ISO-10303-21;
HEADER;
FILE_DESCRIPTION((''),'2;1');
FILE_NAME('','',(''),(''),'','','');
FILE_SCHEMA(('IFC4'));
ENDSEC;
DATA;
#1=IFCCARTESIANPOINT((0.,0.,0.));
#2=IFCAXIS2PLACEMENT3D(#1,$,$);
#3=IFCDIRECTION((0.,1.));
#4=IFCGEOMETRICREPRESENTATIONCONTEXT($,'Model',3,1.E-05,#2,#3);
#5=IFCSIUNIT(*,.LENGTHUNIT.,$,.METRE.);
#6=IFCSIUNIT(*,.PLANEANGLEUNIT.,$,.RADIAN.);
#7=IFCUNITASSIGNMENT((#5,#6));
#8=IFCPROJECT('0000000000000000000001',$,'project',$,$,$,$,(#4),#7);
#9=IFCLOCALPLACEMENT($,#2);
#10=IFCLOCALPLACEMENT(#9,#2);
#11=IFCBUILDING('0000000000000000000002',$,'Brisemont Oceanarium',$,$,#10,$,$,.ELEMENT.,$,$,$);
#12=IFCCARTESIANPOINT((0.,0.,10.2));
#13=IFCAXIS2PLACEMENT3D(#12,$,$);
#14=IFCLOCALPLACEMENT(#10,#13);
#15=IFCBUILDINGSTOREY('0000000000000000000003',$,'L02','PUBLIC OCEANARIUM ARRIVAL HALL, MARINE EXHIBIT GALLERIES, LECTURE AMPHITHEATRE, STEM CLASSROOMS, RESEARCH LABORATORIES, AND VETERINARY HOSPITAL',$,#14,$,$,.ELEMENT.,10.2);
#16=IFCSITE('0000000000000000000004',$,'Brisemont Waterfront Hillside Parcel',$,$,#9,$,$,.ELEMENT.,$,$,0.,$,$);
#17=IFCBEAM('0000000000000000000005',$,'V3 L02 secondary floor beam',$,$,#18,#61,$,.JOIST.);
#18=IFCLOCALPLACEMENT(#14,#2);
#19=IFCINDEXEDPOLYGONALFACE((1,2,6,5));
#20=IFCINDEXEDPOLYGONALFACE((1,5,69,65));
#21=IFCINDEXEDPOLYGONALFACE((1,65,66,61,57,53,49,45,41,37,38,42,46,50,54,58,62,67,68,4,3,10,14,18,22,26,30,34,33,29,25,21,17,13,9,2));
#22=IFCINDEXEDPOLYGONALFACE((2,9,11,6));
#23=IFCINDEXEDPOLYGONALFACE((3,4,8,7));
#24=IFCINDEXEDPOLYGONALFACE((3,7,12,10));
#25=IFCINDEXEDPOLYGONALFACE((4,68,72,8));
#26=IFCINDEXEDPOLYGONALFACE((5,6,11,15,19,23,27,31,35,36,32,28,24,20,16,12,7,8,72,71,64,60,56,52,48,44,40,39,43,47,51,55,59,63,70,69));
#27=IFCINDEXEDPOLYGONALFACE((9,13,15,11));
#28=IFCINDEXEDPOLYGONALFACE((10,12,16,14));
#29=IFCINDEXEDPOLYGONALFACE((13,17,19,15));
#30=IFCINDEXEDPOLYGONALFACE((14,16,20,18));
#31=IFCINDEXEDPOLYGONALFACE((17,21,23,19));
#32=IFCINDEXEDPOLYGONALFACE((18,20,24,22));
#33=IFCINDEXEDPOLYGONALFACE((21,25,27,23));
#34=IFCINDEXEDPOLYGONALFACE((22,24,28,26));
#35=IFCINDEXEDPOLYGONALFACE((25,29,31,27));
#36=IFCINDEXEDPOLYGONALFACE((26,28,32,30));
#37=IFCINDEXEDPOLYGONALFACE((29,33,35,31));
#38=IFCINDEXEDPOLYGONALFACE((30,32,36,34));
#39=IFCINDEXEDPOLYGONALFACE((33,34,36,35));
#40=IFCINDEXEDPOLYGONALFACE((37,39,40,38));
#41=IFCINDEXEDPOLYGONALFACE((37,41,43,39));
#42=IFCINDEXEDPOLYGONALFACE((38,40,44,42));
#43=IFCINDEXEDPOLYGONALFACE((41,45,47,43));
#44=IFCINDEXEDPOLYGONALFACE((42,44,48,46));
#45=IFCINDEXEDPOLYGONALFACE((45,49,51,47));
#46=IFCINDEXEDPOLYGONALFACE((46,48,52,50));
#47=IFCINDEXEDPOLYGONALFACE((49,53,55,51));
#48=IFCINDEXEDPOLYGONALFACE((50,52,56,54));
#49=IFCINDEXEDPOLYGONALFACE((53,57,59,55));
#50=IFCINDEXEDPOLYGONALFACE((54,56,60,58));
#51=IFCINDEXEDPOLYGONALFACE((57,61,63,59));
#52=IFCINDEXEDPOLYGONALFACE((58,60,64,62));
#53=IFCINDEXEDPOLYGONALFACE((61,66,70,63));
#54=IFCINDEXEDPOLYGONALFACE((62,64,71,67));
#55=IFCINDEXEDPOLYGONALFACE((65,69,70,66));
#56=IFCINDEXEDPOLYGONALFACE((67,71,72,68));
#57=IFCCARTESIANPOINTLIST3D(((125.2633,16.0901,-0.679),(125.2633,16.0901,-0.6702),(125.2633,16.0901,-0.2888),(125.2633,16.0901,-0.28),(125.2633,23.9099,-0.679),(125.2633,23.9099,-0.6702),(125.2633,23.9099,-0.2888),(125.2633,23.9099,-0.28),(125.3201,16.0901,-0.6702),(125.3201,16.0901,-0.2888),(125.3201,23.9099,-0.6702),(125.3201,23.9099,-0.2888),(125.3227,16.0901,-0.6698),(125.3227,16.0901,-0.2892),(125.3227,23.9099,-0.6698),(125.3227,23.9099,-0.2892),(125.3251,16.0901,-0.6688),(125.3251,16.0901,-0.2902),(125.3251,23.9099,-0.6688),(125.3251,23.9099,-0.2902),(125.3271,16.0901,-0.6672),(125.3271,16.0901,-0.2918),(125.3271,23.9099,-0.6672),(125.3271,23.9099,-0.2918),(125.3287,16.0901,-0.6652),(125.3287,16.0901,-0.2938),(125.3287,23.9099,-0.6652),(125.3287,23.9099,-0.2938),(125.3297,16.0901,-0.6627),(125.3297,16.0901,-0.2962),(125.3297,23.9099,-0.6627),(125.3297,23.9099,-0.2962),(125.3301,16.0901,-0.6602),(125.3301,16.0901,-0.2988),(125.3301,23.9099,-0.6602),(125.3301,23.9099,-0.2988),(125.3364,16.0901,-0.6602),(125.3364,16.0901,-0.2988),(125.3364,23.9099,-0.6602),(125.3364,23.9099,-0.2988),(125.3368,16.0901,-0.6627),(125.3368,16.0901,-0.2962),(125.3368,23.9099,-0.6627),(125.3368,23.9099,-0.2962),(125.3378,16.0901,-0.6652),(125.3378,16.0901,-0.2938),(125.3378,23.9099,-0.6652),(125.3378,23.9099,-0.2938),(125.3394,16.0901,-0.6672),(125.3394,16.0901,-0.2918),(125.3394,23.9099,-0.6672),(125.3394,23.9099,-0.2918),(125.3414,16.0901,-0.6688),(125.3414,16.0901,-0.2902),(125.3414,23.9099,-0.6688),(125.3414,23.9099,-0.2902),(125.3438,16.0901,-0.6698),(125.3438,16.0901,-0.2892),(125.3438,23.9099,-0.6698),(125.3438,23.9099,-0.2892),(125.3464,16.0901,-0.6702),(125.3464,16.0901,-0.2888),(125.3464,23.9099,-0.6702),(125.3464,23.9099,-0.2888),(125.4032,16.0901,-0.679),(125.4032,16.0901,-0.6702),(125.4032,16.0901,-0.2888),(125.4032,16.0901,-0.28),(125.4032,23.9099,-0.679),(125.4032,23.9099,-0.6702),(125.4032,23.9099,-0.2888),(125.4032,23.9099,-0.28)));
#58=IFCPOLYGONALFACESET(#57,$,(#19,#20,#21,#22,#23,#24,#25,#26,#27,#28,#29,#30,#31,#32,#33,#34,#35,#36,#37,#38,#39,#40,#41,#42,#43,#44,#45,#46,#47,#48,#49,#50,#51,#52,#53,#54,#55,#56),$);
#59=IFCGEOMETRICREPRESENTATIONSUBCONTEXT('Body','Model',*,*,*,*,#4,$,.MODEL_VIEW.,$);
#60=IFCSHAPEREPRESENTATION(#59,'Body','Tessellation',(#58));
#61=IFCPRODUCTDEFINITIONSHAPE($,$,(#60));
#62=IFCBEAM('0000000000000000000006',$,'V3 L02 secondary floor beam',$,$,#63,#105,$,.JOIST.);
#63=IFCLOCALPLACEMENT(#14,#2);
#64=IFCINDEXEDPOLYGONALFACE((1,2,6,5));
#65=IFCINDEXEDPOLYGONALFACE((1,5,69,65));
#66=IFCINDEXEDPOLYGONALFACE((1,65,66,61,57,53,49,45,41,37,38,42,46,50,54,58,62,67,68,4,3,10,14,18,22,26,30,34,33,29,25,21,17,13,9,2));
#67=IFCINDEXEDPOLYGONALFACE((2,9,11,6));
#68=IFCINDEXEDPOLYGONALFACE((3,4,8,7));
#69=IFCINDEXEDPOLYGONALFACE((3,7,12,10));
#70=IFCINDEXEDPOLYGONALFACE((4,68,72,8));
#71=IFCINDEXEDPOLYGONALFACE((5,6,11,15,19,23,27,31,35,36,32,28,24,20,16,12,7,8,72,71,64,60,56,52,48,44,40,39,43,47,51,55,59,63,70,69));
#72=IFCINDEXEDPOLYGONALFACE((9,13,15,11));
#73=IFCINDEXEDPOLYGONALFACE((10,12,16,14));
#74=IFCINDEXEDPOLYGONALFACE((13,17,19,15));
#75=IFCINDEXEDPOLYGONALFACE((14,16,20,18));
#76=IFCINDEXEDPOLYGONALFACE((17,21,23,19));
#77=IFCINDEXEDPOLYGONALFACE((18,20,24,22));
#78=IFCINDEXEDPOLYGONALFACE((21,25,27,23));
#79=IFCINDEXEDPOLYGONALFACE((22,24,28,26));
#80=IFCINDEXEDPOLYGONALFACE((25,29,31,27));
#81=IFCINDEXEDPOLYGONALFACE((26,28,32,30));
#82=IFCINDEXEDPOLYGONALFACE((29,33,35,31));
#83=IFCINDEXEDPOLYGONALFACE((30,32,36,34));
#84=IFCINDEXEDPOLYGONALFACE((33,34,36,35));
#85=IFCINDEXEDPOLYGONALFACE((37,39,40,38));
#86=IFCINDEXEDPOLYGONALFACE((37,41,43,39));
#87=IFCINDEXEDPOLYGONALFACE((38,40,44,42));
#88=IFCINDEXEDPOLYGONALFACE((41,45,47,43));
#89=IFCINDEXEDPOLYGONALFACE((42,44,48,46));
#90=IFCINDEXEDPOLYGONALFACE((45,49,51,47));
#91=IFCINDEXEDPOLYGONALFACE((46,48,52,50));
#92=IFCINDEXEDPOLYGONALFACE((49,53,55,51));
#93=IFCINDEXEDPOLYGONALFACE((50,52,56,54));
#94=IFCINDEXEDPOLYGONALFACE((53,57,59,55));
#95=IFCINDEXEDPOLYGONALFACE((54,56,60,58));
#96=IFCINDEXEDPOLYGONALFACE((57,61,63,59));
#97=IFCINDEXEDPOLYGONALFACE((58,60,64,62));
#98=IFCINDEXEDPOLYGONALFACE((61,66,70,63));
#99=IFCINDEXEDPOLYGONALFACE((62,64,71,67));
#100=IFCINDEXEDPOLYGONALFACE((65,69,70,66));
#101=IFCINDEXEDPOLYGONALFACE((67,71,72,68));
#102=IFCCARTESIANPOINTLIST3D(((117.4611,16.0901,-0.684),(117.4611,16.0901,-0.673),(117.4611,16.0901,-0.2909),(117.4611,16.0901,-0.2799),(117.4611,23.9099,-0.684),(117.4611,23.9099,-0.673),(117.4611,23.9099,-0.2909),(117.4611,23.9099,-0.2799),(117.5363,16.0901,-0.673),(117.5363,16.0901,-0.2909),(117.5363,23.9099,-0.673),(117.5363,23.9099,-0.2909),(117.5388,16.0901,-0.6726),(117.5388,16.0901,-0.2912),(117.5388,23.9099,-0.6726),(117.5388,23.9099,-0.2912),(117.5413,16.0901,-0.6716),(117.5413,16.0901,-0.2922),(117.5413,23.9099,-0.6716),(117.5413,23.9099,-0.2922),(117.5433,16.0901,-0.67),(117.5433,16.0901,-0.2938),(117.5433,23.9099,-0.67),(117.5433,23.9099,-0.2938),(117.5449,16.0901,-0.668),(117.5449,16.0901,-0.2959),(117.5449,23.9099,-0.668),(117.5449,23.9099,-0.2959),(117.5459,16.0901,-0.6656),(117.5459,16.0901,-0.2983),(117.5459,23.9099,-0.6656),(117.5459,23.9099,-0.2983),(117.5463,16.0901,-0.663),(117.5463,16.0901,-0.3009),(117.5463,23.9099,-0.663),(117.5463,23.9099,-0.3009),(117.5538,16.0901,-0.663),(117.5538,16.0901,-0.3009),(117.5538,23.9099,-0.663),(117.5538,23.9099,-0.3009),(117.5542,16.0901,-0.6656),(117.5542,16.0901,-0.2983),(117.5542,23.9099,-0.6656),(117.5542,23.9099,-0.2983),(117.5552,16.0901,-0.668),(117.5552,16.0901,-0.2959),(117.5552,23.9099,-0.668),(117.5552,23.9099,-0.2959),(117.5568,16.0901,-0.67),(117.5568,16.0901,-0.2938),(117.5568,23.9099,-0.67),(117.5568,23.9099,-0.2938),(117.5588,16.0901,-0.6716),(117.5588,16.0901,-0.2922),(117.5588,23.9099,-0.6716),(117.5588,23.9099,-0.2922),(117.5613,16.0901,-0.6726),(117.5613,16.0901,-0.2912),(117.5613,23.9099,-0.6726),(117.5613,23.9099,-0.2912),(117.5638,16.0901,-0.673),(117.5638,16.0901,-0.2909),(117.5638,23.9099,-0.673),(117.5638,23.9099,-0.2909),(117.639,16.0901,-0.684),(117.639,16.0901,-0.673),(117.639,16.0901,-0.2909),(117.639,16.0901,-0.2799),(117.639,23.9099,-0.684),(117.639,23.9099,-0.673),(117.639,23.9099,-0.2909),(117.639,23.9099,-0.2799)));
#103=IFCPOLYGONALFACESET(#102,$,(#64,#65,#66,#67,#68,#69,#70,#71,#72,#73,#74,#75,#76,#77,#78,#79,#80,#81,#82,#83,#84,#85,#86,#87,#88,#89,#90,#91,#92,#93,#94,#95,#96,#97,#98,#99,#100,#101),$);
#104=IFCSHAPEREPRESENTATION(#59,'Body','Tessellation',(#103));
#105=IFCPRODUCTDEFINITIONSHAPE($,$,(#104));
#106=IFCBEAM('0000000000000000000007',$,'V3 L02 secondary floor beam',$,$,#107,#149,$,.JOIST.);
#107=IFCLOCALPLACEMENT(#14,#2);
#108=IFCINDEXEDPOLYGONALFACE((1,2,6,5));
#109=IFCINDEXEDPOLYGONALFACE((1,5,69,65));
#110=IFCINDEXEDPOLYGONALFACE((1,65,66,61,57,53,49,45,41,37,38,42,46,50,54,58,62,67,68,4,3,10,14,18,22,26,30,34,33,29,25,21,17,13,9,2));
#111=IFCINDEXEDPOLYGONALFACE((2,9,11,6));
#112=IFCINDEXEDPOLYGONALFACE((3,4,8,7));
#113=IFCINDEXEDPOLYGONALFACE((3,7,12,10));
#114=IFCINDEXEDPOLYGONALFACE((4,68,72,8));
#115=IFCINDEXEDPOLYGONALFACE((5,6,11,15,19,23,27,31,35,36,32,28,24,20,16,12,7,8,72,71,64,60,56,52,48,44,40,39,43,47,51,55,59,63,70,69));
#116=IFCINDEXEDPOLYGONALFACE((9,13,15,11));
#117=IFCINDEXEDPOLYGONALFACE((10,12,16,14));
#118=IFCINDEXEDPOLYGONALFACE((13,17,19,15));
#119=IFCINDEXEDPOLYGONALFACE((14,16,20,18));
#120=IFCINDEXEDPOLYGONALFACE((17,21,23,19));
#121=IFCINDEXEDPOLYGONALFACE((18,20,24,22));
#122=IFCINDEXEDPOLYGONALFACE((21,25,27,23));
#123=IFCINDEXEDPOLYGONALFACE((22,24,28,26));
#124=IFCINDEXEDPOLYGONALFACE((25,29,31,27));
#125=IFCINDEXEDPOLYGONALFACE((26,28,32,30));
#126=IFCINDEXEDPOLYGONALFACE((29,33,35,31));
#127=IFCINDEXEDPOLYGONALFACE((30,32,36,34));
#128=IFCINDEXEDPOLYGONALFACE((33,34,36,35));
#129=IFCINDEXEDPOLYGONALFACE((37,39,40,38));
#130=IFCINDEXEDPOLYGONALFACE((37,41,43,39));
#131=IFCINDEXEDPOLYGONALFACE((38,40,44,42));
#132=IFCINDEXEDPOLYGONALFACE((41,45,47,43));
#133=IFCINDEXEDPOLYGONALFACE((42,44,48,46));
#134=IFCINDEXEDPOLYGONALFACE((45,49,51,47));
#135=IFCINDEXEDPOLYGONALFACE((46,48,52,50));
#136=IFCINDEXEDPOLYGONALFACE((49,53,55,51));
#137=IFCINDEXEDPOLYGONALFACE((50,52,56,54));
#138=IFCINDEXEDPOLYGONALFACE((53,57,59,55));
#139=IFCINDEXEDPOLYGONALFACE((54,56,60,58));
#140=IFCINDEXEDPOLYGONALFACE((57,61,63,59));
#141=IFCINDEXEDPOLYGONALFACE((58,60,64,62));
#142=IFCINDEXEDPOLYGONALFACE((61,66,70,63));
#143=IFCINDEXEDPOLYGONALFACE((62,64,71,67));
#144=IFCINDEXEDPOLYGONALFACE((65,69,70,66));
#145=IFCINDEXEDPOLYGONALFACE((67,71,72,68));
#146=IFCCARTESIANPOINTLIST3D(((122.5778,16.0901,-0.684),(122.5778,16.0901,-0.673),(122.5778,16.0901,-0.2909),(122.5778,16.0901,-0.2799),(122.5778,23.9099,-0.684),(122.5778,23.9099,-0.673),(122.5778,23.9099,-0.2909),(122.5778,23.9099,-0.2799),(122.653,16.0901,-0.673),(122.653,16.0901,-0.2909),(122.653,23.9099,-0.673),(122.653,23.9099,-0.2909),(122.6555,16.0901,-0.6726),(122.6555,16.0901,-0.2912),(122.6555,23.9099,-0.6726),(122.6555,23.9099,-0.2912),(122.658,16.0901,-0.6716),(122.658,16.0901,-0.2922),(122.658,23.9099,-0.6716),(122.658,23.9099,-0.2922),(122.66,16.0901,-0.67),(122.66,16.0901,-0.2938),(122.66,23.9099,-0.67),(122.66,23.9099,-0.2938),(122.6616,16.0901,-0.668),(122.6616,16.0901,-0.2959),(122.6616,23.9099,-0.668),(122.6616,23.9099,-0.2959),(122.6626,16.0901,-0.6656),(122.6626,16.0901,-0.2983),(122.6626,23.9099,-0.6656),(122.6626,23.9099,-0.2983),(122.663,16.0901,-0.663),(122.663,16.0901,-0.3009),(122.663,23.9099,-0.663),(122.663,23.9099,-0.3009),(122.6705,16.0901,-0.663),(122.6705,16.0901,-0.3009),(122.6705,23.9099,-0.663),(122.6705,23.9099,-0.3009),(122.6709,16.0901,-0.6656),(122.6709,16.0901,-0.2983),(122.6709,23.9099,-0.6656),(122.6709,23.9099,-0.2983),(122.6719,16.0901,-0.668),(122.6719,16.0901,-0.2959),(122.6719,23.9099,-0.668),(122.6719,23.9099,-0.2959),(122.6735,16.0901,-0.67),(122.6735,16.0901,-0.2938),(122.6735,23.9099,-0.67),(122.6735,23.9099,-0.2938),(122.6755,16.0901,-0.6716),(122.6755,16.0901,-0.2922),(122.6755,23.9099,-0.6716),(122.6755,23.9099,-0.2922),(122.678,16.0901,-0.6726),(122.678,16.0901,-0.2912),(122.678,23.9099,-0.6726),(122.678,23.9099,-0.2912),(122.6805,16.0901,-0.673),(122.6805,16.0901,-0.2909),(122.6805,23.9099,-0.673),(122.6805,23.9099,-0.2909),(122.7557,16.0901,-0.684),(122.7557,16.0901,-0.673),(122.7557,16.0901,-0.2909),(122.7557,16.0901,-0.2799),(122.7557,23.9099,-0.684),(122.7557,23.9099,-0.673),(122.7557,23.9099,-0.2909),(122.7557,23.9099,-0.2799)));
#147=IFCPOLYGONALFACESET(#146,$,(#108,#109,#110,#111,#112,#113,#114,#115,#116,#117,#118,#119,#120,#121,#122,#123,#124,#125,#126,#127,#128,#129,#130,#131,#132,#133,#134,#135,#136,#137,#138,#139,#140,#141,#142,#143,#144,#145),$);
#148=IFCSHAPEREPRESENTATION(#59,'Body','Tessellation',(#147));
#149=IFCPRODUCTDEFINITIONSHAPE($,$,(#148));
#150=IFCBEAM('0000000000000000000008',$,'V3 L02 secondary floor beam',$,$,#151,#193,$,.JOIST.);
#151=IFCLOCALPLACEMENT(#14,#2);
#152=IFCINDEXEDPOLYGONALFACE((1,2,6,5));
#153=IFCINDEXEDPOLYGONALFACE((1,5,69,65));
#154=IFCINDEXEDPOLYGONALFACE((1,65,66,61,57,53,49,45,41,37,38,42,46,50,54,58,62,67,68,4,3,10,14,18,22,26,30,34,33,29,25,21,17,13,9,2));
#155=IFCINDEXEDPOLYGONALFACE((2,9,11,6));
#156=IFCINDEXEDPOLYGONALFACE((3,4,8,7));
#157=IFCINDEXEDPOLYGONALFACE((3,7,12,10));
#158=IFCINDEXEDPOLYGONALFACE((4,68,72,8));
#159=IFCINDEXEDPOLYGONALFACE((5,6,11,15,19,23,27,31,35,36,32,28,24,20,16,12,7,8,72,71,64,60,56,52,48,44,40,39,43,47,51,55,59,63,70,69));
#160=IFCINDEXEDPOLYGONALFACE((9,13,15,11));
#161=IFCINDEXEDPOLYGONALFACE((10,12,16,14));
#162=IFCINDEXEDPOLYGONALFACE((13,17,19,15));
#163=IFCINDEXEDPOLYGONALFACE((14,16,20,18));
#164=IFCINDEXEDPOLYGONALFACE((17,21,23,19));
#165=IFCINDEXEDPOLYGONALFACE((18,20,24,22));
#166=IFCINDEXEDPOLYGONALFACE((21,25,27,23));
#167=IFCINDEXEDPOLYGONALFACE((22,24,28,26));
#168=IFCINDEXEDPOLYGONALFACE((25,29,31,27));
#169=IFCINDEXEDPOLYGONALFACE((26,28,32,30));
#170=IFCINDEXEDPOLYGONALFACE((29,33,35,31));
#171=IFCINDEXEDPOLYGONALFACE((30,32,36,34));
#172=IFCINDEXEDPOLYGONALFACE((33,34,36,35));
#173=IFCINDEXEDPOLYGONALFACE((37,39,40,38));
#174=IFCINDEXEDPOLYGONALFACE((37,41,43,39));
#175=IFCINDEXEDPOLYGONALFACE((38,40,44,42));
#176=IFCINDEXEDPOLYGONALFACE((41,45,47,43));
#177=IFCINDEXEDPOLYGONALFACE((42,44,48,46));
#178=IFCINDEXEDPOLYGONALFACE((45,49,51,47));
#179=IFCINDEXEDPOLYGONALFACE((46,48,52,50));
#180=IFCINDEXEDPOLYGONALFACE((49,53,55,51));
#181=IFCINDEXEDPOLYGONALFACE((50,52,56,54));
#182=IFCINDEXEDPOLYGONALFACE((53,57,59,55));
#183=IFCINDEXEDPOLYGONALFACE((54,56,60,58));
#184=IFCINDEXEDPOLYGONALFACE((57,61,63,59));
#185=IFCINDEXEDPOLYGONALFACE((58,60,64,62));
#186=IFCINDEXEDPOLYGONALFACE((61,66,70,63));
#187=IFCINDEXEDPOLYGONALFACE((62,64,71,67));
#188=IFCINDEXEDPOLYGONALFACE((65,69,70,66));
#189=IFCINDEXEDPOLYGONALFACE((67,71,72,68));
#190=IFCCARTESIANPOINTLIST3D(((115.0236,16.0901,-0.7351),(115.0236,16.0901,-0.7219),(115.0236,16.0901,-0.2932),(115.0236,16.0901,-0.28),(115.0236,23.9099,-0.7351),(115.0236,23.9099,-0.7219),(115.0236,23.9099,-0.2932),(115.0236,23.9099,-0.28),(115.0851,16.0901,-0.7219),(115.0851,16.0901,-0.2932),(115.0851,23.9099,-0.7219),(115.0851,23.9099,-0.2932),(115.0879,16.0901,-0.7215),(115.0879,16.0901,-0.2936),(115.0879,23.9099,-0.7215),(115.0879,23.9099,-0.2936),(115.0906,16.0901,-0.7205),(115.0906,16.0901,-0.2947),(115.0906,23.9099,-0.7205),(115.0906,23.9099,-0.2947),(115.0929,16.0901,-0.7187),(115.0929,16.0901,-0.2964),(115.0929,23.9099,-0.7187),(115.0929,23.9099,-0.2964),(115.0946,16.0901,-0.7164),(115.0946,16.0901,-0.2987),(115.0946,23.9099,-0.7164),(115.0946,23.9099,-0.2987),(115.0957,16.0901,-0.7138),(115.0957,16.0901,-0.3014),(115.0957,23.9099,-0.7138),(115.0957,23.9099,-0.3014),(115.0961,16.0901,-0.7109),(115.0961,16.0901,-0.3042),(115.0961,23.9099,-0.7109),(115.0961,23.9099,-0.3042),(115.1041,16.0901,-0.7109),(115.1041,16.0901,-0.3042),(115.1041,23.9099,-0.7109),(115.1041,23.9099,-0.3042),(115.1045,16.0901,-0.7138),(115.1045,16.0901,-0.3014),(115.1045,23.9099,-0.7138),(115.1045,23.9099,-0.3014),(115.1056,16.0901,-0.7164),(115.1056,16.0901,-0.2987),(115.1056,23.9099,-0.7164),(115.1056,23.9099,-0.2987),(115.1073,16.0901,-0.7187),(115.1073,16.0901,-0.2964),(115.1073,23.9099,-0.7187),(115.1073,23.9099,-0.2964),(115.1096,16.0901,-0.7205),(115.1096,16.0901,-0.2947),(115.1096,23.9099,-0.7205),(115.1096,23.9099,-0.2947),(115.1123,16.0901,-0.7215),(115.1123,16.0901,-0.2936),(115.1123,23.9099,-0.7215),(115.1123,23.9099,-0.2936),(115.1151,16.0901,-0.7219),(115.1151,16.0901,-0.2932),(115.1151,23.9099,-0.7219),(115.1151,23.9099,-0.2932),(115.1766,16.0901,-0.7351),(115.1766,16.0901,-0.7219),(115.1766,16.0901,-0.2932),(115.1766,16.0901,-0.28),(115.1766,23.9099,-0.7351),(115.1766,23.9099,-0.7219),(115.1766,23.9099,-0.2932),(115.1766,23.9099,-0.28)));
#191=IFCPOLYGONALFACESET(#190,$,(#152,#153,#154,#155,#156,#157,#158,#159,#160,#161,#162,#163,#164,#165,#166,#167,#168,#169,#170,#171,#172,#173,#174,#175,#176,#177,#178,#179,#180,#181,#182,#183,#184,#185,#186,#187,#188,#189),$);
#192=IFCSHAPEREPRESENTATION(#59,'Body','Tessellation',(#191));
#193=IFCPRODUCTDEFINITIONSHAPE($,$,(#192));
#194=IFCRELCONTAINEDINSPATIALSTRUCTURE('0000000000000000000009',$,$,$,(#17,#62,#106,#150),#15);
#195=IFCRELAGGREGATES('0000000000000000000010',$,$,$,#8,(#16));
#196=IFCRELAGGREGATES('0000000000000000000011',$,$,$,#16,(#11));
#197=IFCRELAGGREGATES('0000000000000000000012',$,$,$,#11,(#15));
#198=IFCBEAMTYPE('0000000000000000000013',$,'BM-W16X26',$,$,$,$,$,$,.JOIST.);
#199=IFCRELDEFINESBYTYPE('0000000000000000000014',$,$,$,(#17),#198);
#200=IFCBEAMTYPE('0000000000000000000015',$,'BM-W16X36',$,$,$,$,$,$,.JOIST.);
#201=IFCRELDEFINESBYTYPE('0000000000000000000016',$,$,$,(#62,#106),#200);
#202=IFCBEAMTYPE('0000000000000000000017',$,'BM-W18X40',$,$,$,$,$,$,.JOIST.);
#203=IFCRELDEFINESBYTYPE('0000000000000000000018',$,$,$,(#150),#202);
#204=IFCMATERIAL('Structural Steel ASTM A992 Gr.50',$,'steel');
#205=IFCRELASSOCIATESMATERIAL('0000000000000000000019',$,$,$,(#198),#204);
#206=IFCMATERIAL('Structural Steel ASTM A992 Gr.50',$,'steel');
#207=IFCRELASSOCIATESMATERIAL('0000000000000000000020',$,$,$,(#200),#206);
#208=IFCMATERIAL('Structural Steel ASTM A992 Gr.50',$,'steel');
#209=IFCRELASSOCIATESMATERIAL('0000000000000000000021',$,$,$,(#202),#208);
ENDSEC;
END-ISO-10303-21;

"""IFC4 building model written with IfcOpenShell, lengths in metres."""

from ifc_helpers import new_model, si_unit, direction, frame, origin, origin_2d, place, context, subcontext, project, spatial, i_section, extrude, material, material_profile, profile_set, type_object, element, save


model = new_model("IFC4")

# Units and contexts
model_context = context("Model", 3, precision=1e-05, world=origin(), true_north=direction((0.0, 1.0)))
body_context = subcontext(model_context, "Body", "Model", "MODEL_VIEW")
ifc_project = project(units=[si_unit("LENGTHUNIT", "METRE"), si_unit("PLANEANGLEUNIT", "RADIAN")], contexts=[model_context])

# Site, building, storey
site_placement = place(None, origin())
site = spatial("IfcSite", under=ifc_project, at=site_placement, Name="Brisemont Waterfront Hillside Parcel", CompositionType="ELEMENT", RefElevation=0.0)
building_placement = place(site_placement, origin())
building = spatial("IfcBuilding", under=site, at=building_placement, Name="Brisemont Oceanarium", CompositionType="ELEMENT")
storey_placement = place(building_placement, frame((0.0, 0.0, 10.2)))
storey = spatial("IfcBuildingStorey", under=building, at=storey_placement, Name="L02", Description="PUBLIC OCEANARIUM ARRIVAL HALL, MARINE EXHIBIT GALLERIES, LECTURE AMPHITHEATRE, STEM CLASSROOMS, RESEARCH LABORATORIES, AND VETERINARY HOSPITAL", CompositionType="ELEMENT", Elevation=10.2)

# Beams
ifc_material_1 = material(Name="Structural Steel ASTM A992 Gr.50", Category="steel")
ifc_material_profile_1 = material_profile(ifc_material_1, i_section(OverallWidth=0.1399, OverallDepth=0.3989, WebThickness=0.0063, FlangeThickness=0.0088, FilletRadius=0.01, at=origin_2d()), Name="W16X26")
ifc_profile_set_1 = profile_set([ifc_material_profile_1], Name="Structural Steel ASTM A992 Gr.50")
beam_type_1 = type_object("IfcBeamType", Name="BM-W16X26", PredefinedType="JOIST", material=ifc_profile_set_1)
beam_1_placement = place(storey_placement, frame((125.3333, 16.0901, -0.4795), z_axis=(0.0, 1.0, 0.0), x_axis=(-1.0, 0.0, 0.0)))
element("IfcBeam", 1, at=beam_1_placement, inside=storey, type_object=beam_type_1, Name="V3 L02 secondary floor beam", PredefinedType="JOIST", context=body_context, shape_type="SweptSolid", body=[
    extrude(i_section(OverallWidth=0.1399, OverallDepth=0.3989, WebThickness=0.0063, FlangeThickness=0.0088, FilletRadius=0.01, at=origin_2d()), origin(), (0.0, 0.0, 1.0), 7.8198),
])
ifc_material_2 = material(Name="Structural Steel ASTM A992 Gr.50", Category="steel")
ifc_material_profile_2 = material_profile(ifc_material_2, i_section(OverallWidth=0.178, OverallDepth=0.4041, WebThickness=0.0076, FlangeThickness=0.011, FilletRadius=0.01, at=origin_2d()), Name="W16X36")
ifc_profile_set_2 = profile_set([ifc_material_profile_2], Name="Structural Steel ASTM A992 Gr.50")
beam_type_2 = type_object("IfcBeamType", Name="BM-W16X36", PredefinedType="JOIST", material=ifc_profile_set_2)
for number, where, z_axis, x_axis, name in (
    (2, (117.55, 16.0901, -0.4819), (0.0, 1.0, 0.0), (-1.0, 0.0, 0.0), "V3 L02 secondary floor beam"),
    (3, (122.6667, 16.0901, -0.4819), (0.0, 1.0, 0.0), (-1.0, 0.0, 0.0), "V3 L02 secondary floor beam"),
):
    element("IfcBeam", number, at=place(storey_placement, frame(where, z_axis=z_axis, x_axis=x_axis)), inside=storey, type_object=beam_type_2, Name=name, PredefinedType="JOIST", context=body_context, shape_type="SweptSolid", body=[
        extrude(i_section(OverallWidth=0.178, OverallDepth=0.4041, WebThickness=0.0076, FlangeThickness=0.011, FilletRadius=0.01, at=origin_2d()), origin(), (0.0, 0.0, 1.0), 7.8198),
    ])
ifc_material_3 = material(Name="Structural Steel ASTM A992 Gr.50", Category="steel")
ifc_material_profile_3 = material_profile(ifc_material_3, i_section(OverallWidth=0.1531, OverallDepth=0.4551, WebThickness=0.0081, FlangeThickness=0.0132, FilletRadius=0.011, at=origin_2d()), Name="W18X40")
ifc_profile_set_3 = profile_set([ifc_material_profile_3], Name="Structural Steel ASTM A992 Gr.50")
beam_type_3 = type_object("IfcBeamType", Name="BM-W18X40", PredefinedType="JOIST", material=ifc_profile_set_3)
beam_2_placement = place(storey_placement, frame((115.1001, 16.0901, -0.5076), z_axis=(0.0, 1.0, 0.0), x_axis=(-1.0, 0.0, 0.0)))
element("IfcBeam", 4, at=beam_2_placement, inside=storey, type_object=beam_type_3, Name="V3 L02 secondary floor beam", PredefinedType="JOIST", context=body_context, shape_type="SweptSolid", body=[
    extrude(i_section(OverallWidth=0.1531, OverallDepth=0.4551, WebThickness=0.0081, FlangeThickness=0.0132, FilletRadius=0.011, at=origin_2d()), origin(), (0.0, 0.0, 1.0), 7.8198),
])

save(model, "model.ifc")
